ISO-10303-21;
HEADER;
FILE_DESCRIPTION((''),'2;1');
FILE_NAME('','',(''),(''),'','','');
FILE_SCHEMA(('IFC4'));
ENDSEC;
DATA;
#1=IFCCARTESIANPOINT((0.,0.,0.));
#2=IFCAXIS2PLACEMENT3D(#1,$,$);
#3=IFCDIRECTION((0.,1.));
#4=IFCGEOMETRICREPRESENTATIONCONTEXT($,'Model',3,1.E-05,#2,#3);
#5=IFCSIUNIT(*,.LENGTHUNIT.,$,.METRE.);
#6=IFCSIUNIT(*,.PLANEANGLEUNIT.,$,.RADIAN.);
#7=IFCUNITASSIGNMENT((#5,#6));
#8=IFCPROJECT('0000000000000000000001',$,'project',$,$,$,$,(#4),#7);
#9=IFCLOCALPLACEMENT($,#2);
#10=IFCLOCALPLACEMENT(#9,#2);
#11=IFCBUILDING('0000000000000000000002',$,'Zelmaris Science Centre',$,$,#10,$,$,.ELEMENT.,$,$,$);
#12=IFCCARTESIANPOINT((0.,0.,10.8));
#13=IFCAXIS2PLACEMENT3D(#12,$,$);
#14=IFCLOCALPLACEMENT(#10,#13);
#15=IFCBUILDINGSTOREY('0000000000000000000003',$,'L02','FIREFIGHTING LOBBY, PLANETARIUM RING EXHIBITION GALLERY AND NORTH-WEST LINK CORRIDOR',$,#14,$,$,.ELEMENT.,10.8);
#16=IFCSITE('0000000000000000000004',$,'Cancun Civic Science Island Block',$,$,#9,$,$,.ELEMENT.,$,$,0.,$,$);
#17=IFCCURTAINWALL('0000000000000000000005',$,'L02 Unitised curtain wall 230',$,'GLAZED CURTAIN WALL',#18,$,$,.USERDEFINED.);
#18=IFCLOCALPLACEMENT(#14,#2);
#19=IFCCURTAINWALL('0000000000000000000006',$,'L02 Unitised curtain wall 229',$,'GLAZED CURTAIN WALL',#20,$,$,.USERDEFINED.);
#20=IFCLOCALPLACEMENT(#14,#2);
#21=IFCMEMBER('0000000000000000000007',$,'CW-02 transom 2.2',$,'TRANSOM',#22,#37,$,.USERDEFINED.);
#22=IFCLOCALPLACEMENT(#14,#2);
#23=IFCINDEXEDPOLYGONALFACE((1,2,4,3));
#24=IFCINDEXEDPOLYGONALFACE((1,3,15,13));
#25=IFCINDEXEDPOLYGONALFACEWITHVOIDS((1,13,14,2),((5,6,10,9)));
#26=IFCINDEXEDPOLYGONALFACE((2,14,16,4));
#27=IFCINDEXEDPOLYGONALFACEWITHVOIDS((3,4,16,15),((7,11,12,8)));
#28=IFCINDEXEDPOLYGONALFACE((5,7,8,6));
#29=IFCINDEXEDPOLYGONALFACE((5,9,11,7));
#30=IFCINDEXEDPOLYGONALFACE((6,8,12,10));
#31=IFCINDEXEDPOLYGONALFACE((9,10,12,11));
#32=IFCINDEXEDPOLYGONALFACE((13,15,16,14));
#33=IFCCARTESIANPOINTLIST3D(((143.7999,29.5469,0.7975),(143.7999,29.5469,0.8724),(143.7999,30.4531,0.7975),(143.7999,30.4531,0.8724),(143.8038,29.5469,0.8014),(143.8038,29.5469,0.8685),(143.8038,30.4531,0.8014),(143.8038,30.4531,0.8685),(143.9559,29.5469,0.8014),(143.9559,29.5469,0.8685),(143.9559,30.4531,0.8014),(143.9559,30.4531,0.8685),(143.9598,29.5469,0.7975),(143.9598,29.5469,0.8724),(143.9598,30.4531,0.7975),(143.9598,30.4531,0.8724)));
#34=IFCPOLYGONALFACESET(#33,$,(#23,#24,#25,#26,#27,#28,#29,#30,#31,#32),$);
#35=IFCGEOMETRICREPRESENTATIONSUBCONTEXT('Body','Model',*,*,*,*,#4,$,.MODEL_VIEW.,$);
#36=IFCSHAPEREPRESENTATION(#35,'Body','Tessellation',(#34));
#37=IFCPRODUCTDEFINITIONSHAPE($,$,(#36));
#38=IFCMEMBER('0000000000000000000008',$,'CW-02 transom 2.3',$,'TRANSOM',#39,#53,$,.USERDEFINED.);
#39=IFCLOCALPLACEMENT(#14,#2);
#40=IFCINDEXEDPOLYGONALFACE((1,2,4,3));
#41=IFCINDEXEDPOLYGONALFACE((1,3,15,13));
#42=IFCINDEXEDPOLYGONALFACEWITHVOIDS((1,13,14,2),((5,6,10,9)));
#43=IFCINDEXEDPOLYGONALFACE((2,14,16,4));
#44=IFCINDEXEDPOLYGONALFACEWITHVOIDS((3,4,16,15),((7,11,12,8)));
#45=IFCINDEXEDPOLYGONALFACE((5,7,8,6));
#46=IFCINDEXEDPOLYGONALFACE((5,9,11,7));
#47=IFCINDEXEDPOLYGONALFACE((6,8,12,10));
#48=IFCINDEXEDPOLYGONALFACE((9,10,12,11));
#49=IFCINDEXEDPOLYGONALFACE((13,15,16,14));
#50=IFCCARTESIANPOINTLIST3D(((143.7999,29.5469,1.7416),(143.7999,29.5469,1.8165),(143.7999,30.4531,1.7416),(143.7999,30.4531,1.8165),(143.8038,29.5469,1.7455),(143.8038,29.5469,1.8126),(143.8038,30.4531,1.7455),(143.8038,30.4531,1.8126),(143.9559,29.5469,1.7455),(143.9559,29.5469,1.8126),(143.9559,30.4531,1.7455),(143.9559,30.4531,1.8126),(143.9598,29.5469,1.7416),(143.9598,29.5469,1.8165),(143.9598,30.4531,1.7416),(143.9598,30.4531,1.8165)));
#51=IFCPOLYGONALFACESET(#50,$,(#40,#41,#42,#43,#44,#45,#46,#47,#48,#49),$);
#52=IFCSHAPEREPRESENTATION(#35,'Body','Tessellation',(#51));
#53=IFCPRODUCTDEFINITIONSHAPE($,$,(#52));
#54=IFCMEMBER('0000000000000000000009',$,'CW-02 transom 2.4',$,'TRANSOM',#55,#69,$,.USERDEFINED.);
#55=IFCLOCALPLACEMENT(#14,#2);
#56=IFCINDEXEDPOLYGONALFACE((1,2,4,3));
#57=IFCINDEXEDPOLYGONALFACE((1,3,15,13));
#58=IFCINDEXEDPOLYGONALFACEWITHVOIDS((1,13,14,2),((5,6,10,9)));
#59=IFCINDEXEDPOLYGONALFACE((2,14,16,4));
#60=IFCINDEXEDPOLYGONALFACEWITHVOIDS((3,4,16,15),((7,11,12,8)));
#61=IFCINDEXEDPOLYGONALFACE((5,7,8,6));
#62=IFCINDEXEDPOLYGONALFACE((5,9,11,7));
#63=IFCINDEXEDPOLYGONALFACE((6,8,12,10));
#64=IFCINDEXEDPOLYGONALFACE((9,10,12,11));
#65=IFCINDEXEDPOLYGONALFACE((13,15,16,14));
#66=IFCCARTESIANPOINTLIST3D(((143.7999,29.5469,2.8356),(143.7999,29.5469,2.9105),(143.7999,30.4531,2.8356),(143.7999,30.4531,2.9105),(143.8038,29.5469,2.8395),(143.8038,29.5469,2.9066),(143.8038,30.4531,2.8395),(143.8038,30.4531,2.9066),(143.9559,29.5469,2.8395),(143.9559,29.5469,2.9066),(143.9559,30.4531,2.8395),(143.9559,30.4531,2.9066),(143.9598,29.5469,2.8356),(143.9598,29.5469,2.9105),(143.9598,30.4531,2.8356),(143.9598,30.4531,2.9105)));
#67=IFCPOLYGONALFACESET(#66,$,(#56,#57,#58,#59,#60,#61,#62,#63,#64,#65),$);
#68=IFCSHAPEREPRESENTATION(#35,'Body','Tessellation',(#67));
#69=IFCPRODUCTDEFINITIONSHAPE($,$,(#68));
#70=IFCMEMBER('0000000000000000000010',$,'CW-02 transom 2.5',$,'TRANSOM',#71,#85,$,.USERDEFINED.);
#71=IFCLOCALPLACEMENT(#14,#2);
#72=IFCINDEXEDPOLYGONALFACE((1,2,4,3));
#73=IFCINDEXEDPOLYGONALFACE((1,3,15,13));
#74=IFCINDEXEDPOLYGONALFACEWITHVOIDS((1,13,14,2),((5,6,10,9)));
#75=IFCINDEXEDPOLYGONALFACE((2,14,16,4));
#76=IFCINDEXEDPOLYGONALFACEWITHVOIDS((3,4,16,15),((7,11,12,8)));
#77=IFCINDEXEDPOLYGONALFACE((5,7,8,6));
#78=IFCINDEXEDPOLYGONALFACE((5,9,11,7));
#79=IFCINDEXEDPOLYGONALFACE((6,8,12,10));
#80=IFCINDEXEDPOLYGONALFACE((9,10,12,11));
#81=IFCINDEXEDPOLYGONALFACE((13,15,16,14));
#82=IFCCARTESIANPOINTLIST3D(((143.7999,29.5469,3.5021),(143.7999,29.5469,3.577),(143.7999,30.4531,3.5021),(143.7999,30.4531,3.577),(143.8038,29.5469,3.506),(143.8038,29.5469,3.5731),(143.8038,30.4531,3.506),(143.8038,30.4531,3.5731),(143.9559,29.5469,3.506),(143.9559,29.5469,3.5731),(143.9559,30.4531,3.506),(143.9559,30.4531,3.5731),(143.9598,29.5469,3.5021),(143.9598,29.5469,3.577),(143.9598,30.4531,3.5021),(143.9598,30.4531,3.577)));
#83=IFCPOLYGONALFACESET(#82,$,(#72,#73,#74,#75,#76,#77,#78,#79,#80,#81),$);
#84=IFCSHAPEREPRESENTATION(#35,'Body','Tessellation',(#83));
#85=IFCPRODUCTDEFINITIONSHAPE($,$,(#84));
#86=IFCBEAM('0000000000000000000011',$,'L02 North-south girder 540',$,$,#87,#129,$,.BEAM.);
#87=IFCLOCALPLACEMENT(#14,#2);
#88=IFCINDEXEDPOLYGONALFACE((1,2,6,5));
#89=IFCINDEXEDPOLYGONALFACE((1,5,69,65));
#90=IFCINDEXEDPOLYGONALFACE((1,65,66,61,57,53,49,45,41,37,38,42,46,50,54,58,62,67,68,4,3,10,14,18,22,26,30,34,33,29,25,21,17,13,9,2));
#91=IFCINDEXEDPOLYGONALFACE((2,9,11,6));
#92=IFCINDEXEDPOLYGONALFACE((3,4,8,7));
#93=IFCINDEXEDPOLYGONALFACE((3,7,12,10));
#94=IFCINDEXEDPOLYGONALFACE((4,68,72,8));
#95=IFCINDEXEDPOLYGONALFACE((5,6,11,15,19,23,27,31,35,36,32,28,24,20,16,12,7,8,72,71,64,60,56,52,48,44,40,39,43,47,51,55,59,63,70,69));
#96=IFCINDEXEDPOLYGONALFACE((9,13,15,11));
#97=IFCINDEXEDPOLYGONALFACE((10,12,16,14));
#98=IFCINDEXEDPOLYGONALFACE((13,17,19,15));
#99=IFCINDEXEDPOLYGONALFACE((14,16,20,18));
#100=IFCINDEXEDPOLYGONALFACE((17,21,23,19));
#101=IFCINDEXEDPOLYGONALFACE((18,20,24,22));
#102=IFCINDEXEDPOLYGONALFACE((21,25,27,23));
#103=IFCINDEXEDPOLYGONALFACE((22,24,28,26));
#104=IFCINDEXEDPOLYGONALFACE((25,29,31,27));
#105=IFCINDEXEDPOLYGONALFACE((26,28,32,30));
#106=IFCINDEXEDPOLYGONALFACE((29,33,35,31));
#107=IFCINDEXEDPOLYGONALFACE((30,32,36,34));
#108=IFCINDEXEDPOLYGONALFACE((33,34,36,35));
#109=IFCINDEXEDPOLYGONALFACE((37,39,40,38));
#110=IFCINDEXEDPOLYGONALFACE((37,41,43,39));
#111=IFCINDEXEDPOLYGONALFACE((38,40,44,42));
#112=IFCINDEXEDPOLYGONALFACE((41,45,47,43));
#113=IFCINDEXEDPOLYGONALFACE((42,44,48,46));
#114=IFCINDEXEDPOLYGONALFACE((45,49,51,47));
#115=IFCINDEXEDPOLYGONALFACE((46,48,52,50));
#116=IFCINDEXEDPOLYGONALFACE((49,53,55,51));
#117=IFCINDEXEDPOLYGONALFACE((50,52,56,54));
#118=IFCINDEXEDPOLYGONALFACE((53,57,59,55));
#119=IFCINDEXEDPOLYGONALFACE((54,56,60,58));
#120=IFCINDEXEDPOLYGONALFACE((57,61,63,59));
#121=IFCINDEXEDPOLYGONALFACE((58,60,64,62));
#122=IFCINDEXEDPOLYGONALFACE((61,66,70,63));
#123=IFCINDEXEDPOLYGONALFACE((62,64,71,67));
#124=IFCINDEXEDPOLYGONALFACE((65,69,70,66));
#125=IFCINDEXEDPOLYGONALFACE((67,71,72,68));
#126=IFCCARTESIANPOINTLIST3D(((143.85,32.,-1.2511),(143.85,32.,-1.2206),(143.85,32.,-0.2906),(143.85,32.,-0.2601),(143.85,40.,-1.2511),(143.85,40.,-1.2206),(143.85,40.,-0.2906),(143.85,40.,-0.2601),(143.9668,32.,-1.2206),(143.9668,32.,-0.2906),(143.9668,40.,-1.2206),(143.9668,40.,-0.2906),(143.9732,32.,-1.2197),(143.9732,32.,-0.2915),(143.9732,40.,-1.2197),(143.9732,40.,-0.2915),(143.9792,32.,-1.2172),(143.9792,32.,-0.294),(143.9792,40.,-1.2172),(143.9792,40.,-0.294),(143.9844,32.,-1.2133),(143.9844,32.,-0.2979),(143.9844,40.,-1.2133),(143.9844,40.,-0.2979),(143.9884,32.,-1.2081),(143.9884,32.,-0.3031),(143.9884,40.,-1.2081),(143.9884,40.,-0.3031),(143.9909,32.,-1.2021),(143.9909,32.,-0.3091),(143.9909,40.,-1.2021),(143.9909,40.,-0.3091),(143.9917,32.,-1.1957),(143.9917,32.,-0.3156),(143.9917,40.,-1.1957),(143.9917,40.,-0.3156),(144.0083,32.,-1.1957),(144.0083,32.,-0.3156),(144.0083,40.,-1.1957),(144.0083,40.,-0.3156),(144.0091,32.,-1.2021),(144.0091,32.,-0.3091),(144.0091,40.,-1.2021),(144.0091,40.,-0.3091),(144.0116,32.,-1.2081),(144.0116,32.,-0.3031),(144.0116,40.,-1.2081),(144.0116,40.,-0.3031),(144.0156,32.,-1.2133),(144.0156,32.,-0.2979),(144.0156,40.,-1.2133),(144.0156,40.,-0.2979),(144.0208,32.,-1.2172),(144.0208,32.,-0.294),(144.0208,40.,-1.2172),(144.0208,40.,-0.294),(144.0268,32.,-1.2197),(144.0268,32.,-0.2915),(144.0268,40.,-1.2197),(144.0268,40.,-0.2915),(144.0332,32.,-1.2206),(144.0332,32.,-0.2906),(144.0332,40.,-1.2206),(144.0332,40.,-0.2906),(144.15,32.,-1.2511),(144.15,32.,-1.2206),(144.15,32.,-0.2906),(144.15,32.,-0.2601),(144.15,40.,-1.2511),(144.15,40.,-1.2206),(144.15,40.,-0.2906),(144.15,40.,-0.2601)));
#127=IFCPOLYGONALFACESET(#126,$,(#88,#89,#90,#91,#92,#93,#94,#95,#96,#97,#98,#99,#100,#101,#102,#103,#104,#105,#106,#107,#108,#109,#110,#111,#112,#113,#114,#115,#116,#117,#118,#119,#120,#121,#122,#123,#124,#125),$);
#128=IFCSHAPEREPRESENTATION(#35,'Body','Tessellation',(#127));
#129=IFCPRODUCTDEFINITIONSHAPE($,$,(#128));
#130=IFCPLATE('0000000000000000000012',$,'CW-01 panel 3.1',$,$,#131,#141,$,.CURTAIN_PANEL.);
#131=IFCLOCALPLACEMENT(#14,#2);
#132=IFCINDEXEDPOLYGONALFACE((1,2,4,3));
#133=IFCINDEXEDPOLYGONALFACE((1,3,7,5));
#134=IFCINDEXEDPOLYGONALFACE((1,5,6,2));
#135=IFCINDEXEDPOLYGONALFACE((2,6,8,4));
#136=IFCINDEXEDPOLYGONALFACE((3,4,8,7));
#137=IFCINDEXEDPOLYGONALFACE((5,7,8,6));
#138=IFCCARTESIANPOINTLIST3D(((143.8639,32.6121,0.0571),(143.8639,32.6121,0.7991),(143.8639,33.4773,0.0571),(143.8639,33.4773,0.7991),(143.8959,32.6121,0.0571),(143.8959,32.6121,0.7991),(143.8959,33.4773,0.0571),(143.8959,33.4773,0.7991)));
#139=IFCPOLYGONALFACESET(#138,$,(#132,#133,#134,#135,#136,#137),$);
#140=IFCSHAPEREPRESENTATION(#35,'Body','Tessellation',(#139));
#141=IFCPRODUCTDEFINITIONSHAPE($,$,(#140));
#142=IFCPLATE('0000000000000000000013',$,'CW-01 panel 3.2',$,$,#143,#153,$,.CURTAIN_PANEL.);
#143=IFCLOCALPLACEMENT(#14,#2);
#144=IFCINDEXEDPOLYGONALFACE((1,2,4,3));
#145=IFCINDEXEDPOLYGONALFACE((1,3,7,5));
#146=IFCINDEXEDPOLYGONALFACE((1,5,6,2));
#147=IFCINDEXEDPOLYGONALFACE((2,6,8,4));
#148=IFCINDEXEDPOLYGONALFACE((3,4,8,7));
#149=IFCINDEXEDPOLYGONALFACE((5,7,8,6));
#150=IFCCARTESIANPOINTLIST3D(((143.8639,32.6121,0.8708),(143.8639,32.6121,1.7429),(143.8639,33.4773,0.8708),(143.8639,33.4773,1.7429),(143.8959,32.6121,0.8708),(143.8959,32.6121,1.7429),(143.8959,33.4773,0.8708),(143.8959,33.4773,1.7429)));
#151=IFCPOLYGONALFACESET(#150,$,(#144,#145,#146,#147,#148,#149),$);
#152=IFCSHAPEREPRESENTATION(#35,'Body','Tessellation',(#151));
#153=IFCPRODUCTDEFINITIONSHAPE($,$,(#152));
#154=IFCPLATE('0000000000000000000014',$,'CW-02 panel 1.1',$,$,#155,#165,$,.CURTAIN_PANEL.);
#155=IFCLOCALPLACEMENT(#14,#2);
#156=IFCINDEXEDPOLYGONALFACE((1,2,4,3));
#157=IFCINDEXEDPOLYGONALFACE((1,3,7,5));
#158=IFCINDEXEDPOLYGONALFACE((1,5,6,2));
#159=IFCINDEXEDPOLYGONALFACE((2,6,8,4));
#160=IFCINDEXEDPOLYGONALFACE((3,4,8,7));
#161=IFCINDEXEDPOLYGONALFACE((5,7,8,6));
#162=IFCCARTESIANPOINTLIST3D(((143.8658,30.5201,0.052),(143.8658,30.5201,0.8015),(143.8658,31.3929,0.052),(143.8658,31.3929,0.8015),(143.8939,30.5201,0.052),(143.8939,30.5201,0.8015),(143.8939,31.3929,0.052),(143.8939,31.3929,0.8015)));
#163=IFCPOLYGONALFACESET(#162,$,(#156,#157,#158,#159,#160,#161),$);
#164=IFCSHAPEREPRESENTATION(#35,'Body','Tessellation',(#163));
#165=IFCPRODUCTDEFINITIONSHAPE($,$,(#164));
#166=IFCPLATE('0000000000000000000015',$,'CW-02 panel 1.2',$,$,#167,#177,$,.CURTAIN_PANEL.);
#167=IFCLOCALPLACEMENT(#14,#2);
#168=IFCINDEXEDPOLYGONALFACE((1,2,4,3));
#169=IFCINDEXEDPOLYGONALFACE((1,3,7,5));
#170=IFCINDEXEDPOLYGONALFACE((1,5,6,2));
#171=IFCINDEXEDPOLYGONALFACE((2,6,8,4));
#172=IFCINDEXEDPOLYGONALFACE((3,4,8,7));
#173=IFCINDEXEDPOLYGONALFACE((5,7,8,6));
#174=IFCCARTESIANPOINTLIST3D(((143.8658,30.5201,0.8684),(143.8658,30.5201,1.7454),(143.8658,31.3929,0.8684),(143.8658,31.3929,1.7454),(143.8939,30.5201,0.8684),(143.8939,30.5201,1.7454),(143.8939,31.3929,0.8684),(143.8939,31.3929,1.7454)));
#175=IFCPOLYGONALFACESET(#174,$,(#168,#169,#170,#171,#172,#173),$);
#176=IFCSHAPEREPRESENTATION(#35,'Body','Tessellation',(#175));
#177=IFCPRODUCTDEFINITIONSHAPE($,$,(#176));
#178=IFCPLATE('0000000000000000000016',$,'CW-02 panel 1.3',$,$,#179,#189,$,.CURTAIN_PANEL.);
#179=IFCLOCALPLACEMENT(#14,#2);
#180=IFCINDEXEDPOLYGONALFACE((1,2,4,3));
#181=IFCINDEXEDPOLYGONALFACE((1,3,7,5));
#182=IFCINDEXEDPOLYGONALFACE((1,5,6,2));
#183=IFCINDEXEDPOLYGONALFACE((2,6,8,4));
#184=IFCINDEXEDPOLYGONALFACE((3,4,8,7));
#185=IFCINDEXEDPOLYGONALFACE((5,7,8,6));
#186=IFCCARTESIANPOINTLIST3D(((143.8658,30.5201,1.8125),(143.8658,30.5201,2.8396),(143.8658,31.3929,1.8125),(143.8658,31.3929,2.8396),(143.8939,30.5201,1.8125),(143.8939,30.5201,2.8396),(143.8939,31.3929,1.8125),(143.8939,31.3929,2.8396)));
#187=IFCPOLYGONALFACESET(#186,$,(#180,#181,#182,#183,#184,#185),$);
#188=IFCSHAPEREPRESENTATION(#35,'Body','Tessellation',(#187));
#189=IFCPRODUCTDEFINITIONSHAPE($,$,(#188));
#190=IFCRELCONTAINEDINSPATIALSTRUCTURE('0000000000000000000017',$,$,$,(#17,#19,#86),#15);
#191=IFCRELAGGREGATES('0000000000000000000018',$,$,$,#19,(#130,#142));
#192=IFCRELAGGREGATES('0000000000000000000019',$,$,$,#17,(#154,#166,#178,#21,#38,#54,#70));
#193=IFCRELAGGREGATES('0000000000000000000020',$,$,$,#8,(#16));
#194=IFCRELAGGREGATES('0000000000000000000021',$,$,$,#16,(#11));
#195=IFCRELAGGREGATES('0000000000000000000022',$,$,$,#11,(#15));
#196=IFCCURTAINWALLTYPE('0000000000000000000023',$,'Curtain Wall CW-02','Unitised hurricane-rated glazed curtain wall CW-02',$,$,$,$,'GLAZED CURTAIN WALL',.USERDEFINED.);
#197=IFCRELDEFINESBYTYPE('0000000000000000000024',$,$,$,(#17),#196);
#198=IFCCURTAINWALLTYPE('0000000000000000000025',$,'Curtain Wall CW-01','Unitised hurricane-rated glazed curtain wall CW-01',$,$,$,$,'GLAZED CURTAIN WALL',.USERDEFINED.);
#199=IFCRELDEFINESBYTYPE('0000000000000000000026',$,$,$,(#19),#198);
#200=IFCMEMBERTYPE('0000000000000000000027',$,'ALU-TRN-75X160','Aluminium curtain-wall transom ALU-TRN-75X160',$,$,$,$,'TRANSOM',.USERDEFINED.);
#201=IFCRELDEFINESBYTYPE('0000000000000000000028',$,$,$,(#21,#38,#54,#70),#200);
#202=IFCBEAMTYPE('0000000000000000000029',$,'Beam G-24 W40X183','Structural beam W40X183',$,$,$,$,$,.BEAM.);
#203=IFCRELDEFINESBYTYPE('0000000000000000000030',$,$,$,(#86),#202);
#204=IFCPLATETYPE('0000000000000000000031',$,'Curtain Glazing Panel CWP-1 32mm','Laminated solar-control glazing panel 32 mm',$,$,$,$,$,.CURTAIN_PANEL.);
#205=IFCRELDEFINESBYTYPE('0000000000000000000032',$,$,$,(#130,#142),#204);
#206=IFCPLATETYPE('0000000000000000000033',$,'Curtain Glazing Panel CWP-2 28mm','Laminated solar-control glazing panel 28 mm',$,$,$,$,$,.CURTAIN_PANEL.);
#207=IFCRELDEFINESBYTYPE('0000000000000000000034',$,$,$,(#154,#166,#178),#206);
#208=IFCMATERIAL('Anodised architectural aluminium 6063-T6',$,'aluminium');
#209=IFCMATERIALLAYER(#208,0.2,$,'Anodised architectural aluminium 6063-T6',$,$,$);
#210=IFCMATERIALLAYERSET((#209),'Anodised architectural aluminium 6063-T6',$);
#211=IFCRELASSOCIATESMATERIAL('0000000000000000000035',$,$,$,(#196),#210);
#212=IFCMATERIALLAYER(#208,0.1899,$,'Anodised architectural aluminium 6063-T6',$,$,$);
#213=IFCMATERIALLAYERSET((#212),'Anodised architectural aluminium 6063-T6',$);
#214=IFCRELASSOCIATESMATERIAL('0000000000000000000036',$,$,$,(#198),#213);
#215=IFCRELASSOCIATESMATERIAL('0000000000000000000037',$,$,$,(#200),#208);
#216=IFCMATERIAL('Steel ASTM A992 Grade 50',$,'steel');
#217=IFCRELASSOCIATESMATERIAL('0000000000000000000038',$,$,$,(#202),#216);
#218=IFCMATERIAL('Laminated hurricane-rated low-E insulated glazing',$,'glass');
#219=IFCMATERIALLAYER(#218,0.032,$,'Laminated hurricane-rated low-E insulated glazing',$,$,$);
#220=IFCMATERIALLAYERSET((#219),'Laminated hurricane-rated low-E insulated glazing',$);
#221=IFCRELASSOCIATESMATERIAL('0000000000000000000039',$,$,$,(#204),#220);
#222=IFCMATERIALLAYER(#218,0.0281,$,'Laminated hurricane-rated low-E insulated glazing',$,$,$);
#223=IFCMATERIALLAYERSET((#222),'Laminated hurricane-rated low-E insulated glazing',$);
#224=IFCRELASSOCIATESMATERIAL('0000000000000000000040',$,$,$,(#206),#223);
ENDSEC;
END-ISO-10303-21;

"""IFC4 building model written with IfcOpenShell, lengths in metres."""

from ifc_helpers import new_model, si_unit, direction, frame, origin, origin_2d, place, context, subcontext, project, spatial, rectangle, hollow_rectangle, i_section, extrude, material, layer, layer_set, material_profile, profile_set, type_object, element, aggregate, save


model = new_model("IFC4")

# Units and contexts
model_context = context("Model", 3, precision=1e-05, world=origin(), true_north=direction((0.0, 1.0)))
body_context = subcontext(model_context, "Body", "Model", "MODEL_VIEW")
ifc_project = project(units=[si_unit("LENGTHUNIT", "METRE"), si_unit("PLANEANGLEUNIT", "RADIAN")], contexts=[model_context])

# Site, building, storey
site_placement = place(None, origin())
site = spatial("IfcSite", under=ifc_project, at=site_placement, Name="Cancun Civic Science Island Block", CompositionType="ELEMENT", RefElevation=0.0)
building_placement = place(site_placement, origin())
building = spatial("IfcBuilding", under=site, at=building_placement, Name="Zelmaris Science Centre", CompositionType="ELEMENT")
storey_placement = place(building_placement, frame((0.0, 0.0, 10.8)))
storey = spatial("IfcBuildingStorey", under=building, at=storey_placement, Name="L02", Description="FIREFIGHTING LOBBY, PLANETARIUM RING EXHIBITION GALLERY AND NORTH-WEST LINK CORRIDOR", CompositionType="ELEMENT", Elevation=10.8)

# Shared definitions
ifc_material_1 = material(Name="Steel ASTM A992 Grade 50", Category="steel")

# Curtain wall
ifc_material_2 = material(Name="Anodised architectural aluminium 6063-T6", Category="aluminium")
ifc_layer_1 = layer(ifc_material_2, 0.2, Name="Anodised architectural aluminium 6063-T6")
ifc_layer_set_1 = layer_set([ifc_layer_1], Name="Anodised architectural aluminium 6063-T6")
curtain_wall_type_1 = type_object("IfcCurtainWallType", Name="Curtain Wall CW-02", Description="Unitised hurricane-rated glazed curtain wall CW-02", ElementType="GLAZED CURTAIN WALL", PredefinedType="USERDEFINED", material=ifc_layer_set_1)
curtain_wall_1_placement = place(storey_placement, origin())
curtain_wall_1 = element("IfcCurtainWall", 1, at=curtain_wall_1_placement, inside=storey, type_object=curtain_wall_type_1, Name="L02 Unitised curtain wall 230", ObjectType="GLAZED CURTAIN WALL", PredefinedType="USERDEFINED")

# Curtain wall
ifc_layer_2 = layer(ifc_material_2, 0.1899, Name="Anodised architectural aluminium 6063-T6")
ifc_layer_set_2 = layer_set([ifc_layer_2], Name="Anodised architectural aluminium 6063-T6")
curtain_wall_type_2 = type_object("IfcCurtainWallType", Name="Curtain Wall CW-01", Description="Unitised hurricane-rated glazed curtain wall CW-01", ElementType="GLAZED CURTAIN WALL", PredefinedType="USERDEFINED", material=ifc_layer_set_2)
curtain_wall_2_placement = place(storey_placement, origin())
curtain_wall_2 = element("IfcCurtainWall", 2, at=curtain_wall_2_placement, inside=storey, type_object=curtain_wall_type_2, Name="L02 Unitised curtain wall 229", ObjectType="GLAZED CURTAIN WALL", PredefinedType="USERDEFINED")

# Members
ifc_material_profile_1 = material_profile(ifc_material_2, hollow_rectangle(XDim=0.075, YDim=0.1599, WallThickness=0.0039, at=origin_2d()), Name="ALU-TRN-75X160")
ifc_profile_set_1 = profile_set([ifc_material_profile_1], Name="Anodised architectural aluminium 6063-T6")
member_type_1 = type_object("IfcMemberType", Name="ALU-TRN-75X160", Description="Aluminium curtain-wall transom ALU-TRN-75X160", ElementType="TRANSOM", PredefinedType="USERDEFINED", material=ifc_profile_set_1)
member_1_placement = place(storey_placement, frame((143.8799, 30.4531, 0.835), z_axis=(0.0, -1.0, 0.0), x_axis=(0.0, 0.0, 1.0)))
member_1 = element("IfcMember", 3, at=member_1_placement, type_object=member_type_1, Name="CW-02 transom 2.2", ObjectType="TRANSOM", PredefinedType="USERDEFINED", context=body_context, shape_type="SweptSolid", body=[
    extrude(hollow_rectangle(XDim=0.075, YDim=0.1599, WallThickness=0.0039, at=origin_2d()), origin(), (0.0, 0.0, 1.0), 0.9062),
])
member_2_placement = place(storey_placement, frame((143.8799, 30.4531, 1.7791), z_axis=(0.0, -1.0, 0.0), x_axis=(0.0, 0.0, 1.0)))
member_2 = element("IfcMember", 4, at=member_2_placement, type_object=member_type_1, Name="CW-02 transom 2.3", ObjectType="TRANSOM", PredefinedType="USERDEFINED", context=body_context, shape_type="SweptSolid", body=[
    extrude(hollow_rectangle(XDim=0.075, YDim=0.1599, WallThickness=0.0039, at=origin_2d()), origin(), (0.0, 0.0, 1.0), 0.9062),
])
member_3_placement = place(storey_placement, frame((143.8799, 30.4531, 2.873), z_axis=(0.0, -1.0, 0.0), x_axis=(0.0, 0.0, 1.0)))
member_3 = element("IfcMember", 5, at=member_3_placement, type_object=member_type_1, Name="CW-02 transom 2.4", ObjectType="TRANSOM", PredefinedType="USERDEFINED", context=body_context, shape_type="SweptSolid", body=[
    extrude(hollow_rectangle(XDim=0.075, YDim=0.1599, WallThickness=0.0039, at=origin_2d()), origin(), (0.0, 0.0, 1.0), 0.9062),
])
member_4_placement = place(storey_placement, frame((143.8799, 30.4531, 3.5396), z_axis=(0.0, -1.0, 0.0), x_axis=(0.0, 0.0, 1.0)))
member_4 = element("IfcMember", 6, at=member_4_placement, type_object=member_type_1, Name="CW-02 transom 2.5", ObjectType="TRANSOM", PredefinedType="USERDEFINED", context=body_context, shape_type="SweptSolid", body=[
    extrude(hollow_rectangle(XDim=0.075, YDim=0.1599, WallThickness=0.0039, at=origin_2d()), origin(), (0.0, 0.0, 1.0), 0.9062),
])

# Beam
ifc_material_profile_2 = material_profile(ifc_material_1, i_section(OverallWidth=0.3, OverallDepth=0.991, WebThickness=0.0166, FlangeThickness=0.0305, FilletRadius=0.0249, at=origin_2d()), Name="W40X183")
ifc_profile_set_2 = profile_set([ifc_material_profile_2], Name="Steel ASTM A992 Grade 50")
beam_type = type_object("IfcBeamType", Name="Beam G-24 W40X183", Description="Structural beam W40X183", PredefinedType="BEAM", material=ifc_profile_set_2)
beam_placement = place(storey_placement, frame((144.0, 32.0, -0.7556), z_axis=(0.0, 1.0, 0.0), x_axis=(-1.0, 0.0, 0.0)))
element("IfcBeam", 7, at=beam_placement, inside=storey, type_object=beam_type, Name="L02 North-south girder 540", PredefinedType="BEAM", context=body_context, shape_type="SweptSolid", body=[
    extrude(i_section(OverallWidth=0.3, OverallDepth=0.991, WebThickness=0.0166, FlangeThickness=0.0305, FilletRadius=0.0249, at=origin_2d()), origin(), (0.0, 0.0, 1.0), 8.0),
])

# Plates
ifc_material_3 = material(Name="Laminated hurricane-rated low-E insulated glazing", Category="glass")
ifc_layer_3 = layer(ifc_material_3, 0.032, Name="Laminated hurricane-rated low-E insulated glazing")
ifc_layer_set_3 = layer_set([ifc_layer_3], Name="Laminated hurricane-rated low-E insulated glazing")
plate_type_1 = type_object("IfcPlateType", Name="Curtain Glazing Panel CWP-1 32mm", Description="Laminated solar-control glazing panel 32 mm", PredefinedType="CURTAIN_PANEL", material=ifc_layer_set_3)
plate_1_placement = place(storey_placement, frame((143.8799, 33.0447, 0.0571), z_axis=(0.0, 0.0, 1.0), x_axis=(0.0, -1.0, 0.0)))
plate_1 = element("IfcPlate", 8, at=plate_1_placement, type_object=plate_type_1, Name="CW-01 panel 3.1", PredefinedType="CURTAIN_PANEL", context=body_context, shape_type="SweptSolid", body=[
    extrude(rectangle(XDim=0.8652, YDim=0.032, at=origin_2d()), origin(), (0.0, 0.0, 1.0), 0.7419),
])
plate_2_placement = place(storey_placement, frame((143.8799, 33.0447, 0.8708), z_axis=(0.0, 0.0, 1.0), x_axis=(0.0, -1.0, 0.0)))
plate_2 = element("IfcPlate", 9, at=plate_2_placement, type_object=plate_type_1, Name="CW-01 panel 3.2", PredefinedType="CURTAIN_PANEL", context=body_context, shape_type="SweptSolid", body=[
    extrude(rectangle(XDim=0.8652, YDim=0.032, at=origin_2d()), origin(), (0.0, 0.0, 1.0), 0.8721),
])
aggregate(curtain_wall_2, [plate_1, plate_2])
ifc_layer_4 = layer(ifc_material_3, 0.0281, Name="Laminated hurricane-rated low-E insulated glazing")
ifc_layer_set_4 = layer_set([ifc_layer_4], Name="Laminated hurricane-rated low-E insulated glazing")
plate_type_2 = type_object("IfcPlateType", Name="Curtain Glazing Panel CWP-2 28mm", Description="Laminated solar-control glazing panel 28 mm", PredefinedType="CURTAIN_PANEL", material=ifc_layer_set_4)
plate_3_placement = place(storey_placement, frame((143.8799, 30.9565, 0.052), z_axis=(0.0, 0.0, 1.0), x_axis=(0.0, -1.0, 0.0)))
plate_3 = element("IfcPlate", 10, at=plate_3_placement, type_object=plate_type_2, Name="CW-02 panel 1.1", PredefinedType="CURTAIN_PANEL", context=body_context, shape_type="SweptSolid", body=[
    extrude(rectangle(XDim=0.8728, YDim=0.0281, at=origin_2d()), origin(), (0.0, 0.0, 1.0), 0.7495),
])
plate_4_placement = place(storey_placement, frame((143.8799, 30.9565, 0.8684), z_axis=(0.0, 0.0, 1.0), x_axis=(0.0, -1.0, 0.0)))
plate_4 = element("IfcPlate", 11, at=plate_4_placement, type_object=plate_type_2, Name="CW-02 panel 1.2", PredefinedType="CURTAIN_PANEL", context=body_context, shape_type="SweptSolid", body=[
    extrude(rectangle(XDim=0.8728, YDim=0.0281, at=origin_2d()), origin(), (0.0, 0.0, 1.0), 0.877),
])
plate_5_placement = place(storey_placement, frame((143.8799, 30.9565, 1.8125), z_axis=(0.0, 0.0, 1.0), x_axis=(0.0, -1.0, 0.0)))
plate_5 = element("IfcPlate", 12, at=plate_5_placement, type_object=plate_type_2, Name="CW-02 panel 1.3", PredefinedType="CURTAIN_PANEL", context=body_context, shape_type="SweptSolid", body=[
    extrude(rectangle(XDim=0.8728, YDim=0.0281, at=origin_2d()), origin(), (0.0, 0.0, 1.0), 1.0271),
])
aggregate(curtain_wall_1, [plate_3, plate_4, plate_5, member_1, member_2, member_3, member_4])

save(model, "model.ifc")
